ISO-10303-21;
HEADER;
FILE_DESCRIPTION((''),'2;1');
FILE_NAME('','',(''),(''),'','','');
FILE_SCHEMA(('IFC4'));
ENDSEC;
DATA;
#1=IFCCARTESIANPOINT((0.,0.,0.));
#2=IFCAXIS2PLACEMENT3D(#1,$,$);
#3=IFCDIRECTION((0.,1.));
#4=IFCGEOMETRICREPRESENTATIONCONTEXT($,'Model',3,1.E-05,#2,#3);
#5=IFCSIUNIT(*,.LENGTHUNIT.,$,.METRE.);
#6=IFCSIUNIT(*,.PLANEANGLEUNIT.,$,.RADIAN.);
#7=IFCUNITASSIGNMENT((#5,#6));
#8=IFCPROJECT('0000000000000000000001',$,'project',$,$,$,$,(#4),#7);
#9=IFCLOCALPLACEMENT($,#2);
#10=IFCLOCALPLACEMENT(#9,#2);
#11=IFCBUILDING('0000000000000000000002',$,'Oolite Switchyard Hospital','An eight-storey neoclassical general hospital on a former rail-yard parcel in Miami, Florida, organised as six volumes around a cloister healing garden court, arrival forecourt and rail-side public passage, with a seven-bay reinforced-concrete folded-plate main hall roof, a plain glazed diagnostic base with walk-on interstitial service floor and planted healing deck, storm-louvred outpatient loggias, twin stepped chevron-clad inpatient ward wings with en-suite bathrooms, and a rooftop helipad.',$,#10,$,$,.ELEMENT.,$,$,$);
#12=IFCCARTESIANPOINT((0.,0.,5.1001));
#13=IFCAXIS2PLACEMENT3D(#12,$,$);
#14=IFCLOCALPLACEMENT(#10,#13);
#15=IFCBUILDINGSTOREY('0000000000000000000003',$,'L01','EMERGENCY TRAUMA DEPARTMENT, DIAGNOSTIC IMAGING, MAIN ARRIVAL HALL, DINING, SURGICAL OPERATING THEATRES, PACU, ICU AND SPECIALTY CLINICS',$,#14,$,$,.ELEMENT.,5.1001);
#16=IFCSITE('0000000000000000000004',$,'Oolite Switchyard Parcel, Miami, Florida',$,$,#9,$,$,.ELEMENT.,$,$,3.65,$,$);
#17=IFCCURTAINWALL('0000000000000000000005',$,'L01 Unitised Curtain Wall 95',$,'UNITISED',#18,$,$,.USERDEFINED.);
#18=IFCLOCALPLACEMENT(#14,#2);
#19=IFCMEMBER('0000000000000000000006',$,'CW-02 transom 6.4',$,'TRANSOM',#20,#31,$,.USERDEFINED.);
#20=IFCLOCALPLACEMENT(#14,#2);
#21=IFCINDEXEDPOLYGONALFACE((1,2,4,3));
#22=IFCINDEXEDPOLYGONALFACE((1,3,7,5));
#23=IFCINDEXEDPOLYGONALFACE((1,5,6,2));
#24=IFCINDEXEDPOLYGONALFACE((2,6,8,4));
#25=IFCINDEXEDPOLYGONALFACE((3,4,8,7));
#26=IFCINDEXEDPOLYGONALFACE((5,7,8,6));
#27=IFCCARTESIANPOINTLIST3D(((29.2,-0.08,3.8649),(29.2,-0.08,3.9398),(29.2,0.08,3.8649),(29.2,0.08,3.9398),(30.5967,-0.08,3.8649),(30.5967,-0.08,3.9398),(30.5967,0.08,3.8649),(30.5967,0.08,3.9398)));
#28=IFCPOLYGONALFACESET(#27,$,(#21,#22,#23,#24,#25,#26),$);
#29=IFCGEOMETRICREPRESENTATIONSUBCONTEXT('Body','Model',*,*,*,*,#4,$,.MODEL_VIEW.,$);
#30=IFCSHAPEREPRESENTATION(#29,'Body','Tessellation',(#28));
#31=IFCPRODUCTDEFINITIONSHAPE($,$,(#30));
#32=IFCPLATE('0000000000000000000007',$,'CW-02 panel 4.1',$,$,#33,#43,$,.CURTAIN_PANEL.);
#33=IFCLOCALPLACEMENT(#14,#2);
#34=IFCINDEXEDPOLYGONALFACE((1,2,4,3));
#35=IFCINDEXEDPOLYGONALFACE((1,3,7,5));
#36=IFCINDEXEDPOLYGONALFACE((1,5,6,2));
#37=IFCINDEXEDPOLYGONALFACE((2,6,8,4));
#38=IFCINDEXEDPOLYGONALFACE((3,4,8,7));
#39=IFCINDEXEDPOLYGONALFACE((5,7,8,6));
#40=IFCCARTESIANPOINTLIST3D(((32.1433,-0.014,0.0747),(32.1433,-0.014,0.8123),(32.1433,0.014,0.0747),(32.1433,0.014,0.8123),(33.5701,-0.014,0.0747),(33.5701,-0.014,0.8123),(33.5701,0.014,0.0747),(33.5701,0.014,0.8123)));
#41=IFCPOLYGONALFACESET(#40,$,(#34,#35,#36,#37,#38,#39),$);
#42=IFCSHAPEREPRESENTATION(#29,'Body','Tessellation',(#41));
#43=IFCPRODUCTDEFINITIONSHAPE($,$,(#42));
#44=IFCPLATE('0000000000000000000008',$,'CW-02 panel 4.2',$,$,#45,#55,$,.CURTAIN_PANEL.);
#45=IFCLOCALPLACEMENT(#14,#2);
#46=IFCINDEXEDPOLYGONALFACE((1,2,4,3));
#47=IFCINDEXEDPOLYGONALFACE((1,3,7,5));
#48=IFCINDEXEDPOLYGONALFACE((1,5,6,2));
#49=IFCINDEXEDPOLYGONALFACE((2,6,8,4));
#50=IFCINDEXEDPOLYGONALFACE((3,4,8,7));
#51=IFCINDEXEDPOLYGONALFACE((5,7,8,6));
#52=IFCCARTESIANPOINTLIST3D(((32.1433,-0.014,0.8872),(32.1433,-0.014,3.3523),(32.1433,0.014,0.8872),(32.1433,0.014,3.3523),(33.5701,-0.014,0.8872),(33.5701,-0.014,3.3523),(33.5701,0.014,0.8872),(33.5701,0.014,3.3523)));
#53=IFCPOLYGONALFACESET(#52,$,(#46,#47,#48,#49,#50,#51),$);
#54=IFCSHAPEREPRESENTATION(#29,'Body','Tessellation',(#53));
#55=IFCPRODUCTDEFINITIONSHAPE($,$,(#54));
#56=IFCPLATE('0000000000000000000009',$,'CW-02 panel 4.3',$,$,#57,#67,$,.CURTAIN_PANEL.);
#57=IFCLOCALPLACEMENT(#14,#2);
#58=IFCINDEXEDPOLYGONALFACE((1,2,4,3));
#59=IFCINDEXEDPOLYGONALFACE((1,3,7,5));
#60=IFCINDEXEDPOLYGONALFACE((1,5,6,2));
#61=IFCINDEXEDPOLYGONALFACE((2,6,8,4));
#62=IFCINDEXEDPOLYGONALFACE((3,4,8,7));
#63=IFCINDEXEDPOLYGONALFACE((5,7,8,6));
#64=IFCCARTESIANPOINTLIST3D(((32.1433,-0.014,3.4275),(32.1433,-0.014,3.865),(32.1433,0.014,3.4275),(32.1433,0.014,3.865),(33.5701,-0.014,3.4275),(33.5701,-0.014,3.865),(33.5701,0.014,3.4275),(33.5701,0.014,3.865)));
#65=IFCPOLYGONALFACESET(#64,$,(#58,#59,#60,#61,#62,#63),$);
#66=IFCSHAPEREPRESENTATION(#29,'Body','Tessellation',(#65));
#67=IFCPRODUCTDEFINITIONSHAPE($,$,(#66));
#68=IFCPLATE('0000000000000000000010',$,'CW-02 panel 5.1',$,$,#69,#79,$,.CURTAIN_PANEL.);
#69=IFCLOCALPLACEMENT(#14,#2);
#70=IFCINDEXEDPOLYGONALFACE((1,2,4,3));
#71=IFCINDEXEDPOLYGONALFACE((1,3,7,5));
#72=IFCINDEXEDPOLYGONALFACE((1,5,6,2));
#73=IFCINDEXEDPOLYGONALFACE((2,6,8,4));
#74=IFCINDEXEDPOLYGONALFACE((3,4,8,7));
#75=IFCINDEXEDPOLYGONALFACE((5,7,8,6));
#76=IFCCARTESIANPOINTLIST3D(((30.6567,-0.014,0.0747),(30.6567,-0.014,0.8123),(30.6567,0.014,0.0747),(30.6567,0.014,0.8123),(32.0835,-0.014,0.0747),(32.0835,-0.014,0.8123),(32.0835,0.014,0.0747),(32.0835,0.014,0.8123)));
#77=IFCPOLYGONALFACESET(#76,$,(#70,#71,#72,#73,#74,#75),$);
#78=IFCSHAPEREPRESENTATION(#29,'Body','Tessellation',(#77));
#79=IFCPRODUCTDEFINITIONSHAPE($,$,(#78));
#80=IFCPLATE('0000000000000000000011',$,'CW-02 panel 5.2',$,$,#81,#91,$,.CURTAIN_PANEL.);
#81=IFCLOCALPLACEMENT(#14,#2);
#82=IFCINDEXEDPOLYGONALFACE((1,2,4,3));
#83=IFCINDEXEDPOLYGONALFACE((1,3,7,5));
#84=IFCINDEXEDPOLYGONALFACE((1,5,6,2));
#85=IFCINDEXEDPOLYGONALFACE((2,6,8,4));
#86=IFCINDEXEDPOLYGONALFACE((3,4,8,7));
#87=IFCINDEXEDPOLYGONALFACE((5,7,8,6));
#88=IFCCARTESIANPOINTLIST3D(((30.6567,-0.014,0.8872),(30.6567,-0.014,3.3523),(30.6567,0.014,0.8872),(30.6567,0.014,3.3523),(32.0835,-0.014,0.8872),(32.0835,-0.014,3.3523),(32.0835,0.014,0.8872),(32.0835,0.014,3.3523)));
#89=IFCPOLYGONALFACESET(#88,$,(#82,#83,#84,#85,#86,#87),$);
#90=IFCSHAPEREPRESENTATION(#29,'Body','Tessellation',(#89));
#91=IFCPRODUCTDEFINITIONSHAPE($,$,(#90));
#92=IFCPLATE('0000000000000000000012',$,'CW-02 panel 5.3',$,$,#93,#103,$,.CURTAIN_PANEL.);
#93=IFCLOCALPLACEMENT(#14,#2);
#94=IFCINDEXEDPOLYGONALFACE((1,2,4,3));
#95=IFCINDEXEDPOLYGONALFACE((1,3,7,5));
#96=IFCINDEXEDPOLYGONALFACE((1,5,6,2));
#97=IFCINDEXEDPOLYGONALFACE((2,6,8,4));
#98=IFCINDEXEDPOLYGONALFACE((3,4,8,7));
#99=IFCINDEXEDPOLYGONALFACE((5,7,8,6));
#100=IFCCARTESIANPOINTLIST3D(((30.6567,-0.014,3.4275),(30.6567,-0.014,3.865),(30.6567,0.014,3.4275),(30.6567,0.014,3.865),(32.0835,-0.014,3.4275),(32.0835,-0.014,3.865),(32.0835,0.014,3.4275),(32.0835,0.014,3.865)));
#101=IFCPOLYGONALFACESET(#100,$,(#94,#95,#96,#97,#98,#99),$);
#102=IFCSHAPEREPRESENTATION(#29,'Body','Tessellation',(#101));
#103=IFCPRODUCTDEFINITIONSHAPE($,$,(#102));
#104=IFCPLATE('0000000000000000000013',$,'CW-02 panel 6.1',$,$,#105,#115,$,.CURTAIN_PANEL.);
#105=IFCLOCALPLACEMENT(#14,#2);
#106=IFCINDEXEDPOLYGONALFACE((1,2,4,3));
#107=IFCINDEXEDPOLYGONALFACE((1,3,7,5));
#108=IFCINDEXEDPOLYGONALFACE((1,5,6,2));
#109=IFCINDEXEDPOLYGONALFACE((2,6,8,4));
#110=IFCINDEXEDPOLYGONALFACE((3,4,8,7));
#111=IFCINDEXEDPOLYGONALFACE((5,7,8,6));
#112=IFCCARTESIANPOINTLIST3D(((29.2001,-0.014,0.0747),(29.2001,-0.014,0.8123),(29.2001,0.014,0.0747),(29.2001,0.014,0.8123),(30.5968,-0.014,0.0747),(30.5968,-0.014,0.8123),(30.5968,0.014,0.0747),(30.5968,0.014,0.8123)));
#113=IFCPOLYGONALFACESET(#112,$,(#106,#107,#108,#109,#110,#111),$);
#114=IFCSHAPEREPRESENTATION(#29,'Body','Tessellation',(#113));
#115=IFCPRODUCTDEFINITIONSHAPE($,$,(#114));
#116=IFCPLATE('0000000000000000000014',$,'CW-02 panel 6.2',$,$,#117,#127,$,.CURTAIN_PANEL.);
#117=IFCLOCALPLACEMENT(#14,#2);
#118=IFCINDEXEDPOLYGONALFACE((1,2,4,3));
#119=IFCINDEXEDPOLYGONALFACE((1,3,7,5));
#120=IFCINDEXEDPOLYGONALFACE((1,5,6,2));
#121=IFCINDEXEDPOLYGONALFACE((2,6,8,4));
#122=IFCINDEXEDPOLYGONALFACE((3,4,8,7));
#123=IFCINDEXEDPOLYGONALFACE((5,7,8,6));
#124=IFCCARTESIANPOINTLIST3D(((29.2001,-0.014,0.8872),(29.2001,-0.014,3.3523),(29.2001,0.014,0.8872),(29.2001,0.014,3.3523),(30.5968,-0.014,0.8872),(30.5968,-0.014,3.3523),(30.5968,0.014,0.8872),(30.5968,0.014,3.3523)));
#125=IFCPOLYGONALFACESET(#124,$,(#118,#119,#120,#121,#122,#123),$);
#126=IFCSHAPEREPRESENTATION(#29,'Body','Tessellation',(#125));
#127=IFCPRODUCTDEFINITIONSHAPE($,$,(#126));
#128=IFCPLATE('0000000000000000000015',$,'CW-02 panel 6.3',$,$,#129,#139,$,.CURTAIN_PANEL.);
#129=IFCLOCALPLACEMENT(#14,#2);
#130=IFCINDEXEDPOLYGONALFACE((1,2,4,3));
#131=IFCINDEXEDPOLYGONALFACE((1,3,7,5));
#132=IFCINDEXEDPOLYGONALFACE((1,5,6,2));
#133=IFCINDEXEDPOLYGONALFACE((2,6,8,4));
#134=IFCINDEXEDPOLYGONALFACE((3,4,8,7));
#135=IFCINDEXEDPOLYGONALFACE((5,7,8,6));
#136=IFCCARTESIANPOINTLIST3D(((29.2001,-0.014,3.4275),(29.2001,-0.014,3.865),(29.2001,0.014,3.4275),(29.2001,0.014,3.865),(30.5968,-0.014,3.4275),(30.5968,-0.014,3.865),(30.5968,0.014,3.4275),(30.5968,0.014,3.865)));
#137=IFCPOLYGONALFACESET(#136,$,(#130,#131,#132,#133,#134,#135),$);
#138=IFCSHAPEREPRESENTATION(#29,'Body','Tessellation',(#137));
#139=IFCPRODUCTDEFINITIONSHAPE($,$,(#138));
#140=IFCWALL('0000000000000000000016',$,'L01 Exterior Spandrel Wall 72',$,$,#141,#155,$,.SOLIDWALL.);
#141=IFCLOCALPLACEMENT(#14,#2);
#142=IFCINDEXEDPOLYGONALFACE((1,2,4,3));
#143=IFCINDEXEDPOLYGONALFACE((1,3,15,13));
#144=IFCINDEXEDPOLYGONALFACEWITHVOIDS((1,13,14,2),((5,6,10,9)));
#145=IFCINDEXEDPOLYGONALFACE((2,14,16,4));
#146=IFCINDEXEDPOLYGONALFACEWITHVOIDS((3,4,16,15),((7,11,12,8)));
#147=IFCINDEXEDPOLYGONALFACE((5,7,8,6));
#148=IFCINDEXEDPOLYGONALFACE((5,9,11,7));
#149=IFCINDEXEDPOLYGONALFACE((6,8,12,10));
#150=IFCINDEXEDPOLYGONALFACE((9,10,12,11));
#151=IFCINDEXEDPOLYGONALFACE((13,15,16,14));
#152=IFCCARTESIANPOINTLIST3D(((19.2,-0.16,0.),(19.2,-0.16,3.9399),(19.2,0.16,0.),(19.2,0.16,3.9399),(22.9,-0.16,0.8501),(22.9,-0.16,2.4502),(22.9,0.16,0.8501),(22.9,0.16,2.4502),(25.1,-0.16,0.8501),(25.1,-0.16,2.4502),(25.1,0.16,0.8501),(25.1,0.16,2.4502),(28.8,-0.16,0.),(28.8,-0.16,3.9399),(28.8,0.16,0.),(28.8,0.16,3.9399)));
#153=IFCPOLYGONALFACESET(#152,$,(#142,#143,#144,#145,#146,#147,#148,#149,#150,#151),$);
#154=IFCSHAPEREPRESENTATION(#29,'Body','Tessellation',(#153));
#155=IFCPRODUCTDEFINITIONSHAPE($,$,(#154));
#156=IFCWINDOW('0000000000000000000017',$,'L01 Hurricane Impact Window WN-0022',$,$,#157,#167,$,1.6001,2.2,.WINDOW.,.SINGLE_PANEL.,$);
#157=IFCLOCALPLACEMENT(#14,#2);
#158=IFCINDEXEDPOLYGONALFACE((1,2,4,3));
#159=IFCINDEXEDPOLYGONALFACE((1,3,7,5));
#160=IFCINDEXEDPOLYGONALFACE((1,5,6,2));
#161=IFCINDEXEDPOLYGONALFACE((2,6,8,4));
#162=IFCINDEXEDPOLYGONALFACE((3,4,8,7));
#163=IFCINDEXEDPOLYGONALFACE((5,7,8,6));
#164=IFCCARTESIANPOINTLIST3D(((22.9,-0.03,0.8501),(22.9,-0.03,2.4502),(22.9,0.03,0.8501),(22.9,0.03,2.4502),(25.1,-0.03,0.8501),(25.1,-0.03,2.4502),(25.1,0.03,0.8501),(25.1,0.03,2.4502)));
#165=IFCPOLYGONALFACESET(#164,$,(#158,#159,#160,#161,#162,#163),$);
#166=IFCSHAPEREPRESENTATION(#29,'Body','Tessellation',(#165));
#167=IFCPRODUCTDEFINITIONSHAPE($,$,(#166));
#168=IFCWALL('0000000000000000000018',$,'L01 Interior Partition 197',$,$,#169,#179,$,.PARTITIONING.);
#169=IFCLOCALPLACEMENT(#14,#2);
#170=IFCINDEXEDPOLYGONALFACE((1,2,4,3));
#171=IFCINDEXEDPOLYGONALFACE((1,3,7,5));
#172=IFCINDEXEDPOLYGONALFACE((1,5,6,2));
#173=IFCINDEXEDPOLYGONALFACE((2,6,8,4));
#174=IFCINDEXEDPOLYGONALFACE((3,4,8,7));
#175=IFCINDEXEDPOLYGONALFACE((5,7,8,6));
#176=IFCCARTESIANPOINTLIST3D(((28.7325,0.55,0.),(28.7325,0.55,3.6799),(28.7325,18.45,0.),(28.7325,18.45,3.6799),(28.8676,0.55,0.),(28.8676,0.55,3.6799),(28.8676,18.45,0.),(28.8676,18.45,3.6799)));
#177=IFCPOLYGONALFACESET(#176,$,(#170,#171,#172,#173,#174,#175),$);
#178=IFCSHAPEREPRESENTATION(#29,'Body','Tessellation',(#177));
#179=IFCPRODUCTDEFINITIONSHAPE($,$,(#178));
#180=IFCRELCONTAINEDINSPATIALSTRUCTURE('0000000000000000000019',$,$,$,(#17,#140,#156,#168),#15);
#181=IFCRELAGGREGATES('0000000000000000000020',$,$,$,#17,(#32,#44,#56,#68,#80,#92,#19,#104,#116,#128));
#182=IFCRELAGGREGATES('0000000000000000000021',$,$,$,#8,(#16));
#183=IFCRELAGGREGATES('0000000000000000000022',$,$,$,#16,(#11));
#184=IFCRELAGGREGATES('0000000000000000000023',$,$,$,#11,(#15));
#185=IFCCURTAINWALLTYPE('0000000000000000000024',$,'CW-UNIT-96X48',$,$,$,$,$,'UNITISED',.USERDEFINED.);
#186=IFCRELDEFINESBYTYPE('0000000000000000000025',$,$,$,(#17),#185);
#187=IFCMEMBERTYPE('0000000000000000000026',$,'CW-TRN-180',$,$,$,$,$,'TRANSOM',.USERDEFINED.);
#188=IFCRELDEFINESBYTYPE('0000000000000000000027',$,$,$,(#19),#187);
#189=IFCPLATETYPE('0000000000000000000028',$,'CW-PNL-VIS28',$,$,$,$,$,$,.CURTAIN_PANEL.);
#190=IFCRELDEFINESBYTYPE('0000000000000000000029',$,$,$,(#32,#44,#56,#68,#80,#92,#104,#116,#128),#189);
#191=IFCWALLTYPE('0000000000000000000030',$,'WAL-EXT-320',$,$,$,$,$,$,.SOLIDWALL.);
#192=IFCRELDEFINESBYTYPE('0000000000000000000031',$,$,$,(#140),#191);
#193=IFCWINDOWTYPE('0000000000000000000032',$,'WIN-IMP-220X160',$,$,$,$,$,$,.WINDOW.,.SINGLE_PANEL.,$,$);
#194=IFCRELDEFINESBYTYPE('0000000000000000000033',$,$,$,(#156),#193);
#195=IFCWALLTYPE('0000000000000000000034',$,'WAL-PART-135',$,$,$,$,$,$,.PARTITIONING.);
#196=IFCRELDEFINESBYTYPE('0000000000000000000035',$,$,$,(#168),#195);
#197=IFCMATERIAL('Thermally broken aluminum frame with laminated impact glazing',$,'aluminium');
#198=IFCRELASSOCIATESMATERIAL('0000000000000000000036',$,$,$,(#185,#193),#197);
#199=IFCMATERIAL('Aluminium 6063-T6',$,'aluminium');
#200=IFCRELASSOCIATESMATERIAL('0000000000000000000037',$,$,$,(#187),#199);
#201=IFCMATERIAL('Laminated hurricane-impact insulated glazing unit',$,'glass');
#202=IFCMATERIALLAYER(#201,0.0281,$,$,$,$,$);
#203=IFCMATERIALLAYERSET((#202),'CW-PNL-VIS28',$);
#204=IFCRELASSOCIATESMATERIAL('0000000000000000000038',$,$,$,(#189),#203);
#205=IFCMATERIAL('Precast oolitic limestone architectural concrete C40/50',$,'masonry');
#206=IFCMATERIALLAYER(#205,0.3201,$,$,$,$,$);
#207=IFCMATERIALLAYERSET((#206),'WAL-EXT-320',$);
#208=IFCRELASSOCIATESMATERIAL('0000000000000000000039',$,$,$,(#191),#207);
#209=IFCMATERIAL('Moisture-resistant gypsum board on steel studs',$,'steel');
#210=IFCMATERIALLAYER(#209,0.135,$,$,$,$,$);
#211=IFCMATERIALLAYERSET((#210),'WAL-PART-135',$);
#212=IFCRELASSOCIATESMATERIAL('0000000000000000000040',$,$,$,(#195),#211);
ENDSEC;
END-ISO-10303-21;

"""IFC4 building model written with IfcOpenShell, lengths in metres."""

from ifc_helpers import new_model, si_unit, direction, frame, frame_2d, origin, origin_2d, place, context, subcontext, project, spatial, rectangle, extrude, material, layer, layer_set, material_profile, profile_set, type_object, element, fill, aggregate, save


model = new_model("IFC4")

# Units and contexts
model_context = context("Model", 3, precision=1e-05, world=origin(), true_north=direction((0.0, 1.0)))
body_context = subcontext(model_context, "Body", "Model", "MODEL_VIEW")
ifc_project = project(units=[si_unit("LENGTHUNIT", "METRE"), si_unit("PLANEANGLEUNIT", "RADIAN")], contexts=[model_context])

# Site, building, storey
site_placement = place(None, origin())
site = spatial("IfcSite", under=ifc_project, at=site_placement, Name="Oolite Switchyard Parcel, Miami, Florida", CompositionType="ELEMENT", RefElevation=3.65)
building_placement = place(site_placement, origin())
building = spatial("IfcBuilding", under=site, at=building_placement, Name="Oolite Switchyard Hospital", Description="An eight-storey neoclassical general hospital on a former rail-yard parcel in Miami, Florida, organised as six volumes around a cloister healing garden court, arrival forecourt and rail-side public passage, with a seven-bay reinforced-concrete folded-plate main hall roof, a plain glazed diagnostic base with walk-on interstitial service floor and planted healing deck, storm-louvred outpatient loggias, twin stepped chevron-clad inpatient ward wings with en-suite bathrooms, and a rooftop helipad.", CompositionType="ELEMENT")
storey_placement = place(building_placement, frame((0.0, 0.0, 5.1001)))
storey = spatial("IfcBuildingStorey", under=building, at=storey_placement, Name="L01", Description="EMERGENCY TRAUMA DEPARTMENT, DIAGNOSTIC IMAGING, MAIN ARRIVAL HALL, DINING, SURGICAL OPERATING THEATRES, PACU, ICU AND SPECIALTY CLINICS", CompositionType="ELEMENT", Elevation=5.1001)

# Curtain wall, member, plates
ifc_material_1 = material(Name="Thermally broken aluminum frame with laminated impact glazing", Category="aluminium")
curtain_wall_type = type_object("IfcCurtainWallType", Name="CW-UNIT-96X48", ElementType="UNITISED", PredefinedType="USERDEFINED", material=ifc_material_1)
curtain_wall_placement = place(storey_placement, origin())
curtain_wall = element("IfcCurtainWall", 1, at=curtain_wall_placement, inside=storey, type_object=curtain_wall_type, Name="L01 Unitised Curtain Wall 95", ObjectType="UNITISED", PredefinedType="USERDEFINED")
ifc_material_2 = material(Name="Aluminium 6063-T6", Category="aluminium")
ifc_material_profile_1 = material_profile(ifc_material_2, rectangle(XDim=0.1599, YDim=0.075, at=origin_2d()), Name="CWT75X160")
ifc_profile_set_1 = profile_set([ifc_material_profile_1], Name="Aluminium 6063-T6")
member_type_1 = type_object("IfcMemberType", Name="CW-TRN-180", ElementType="TRANSOM", PredefinedType="USERDEFINED", material=ifc_profile_set_1)
member_1_placement = place(storey_placement, frame((30.5967, 0.0, 3.9023), z_axis=(-1.0, 0.0, 0.0), x_axis=(0.0, -1.0, 0.0)))
member_1 = element("IfcMember", 2, at=member_1_placement, type_object=member_type_1, Name="CW-02 transom 6.4", ObjectType="TRANSOM", PredefinedType="USERDEFINED", context=body_context, shape_type="SweptSolid", body=[
    extrude(rectangle(XDim=0.1599, YDim=0.075, at=origin_2d()), origin(), (0.0, 0.0, 1.0), 1.3967),
])
ifc_material_3 = material(Name="Laminated hurricane-impact insulated glazing unit", Category="glass")
ifc_layer_1 = layer(ifc_material_3, 0.0281)
ifc_layer_set_1 = layer_set([ifc_layer_1], Name="CW-PNL-VIS28")
plate_type = type_object("IfcPlateType", Name="CW-PNL-VIS28", PredefinedType="CURTAIN_PANEL", material=ifc_layer_set_1)
plate_1_placement = place(storey_placement, frame((32.8567, 0.0, 0.0747), z_axis=(0.0, 0.0, 1.0), x_axis=(-1.0, 0.0, 0.0)))
plate_1 = element("IfcPlate", 3, at=plate_1_placement, type_object=plate_type, Name="CW-02 panel 4.1", PredefinedType="CURTAIN_PANEL", context=body_context, shape_type="SweptSolid", body=[
    extrude(rectangle(XDim=1.4268, YDim=0.0281, at=origin_2d()), origin(), (0.0, 0.0, 1.0), 0.7375),
])
plate_2_placement = place(storey_placement, frame((32.8567, 0.0, 0.8872), z_axis=(0.0, 0.0, 1.0), x_axis=(-1.0, 0.0, 0.0)))
plate_2 = element("IfcPlate", 4, at=plate_2_placement, type_object=plate_type, Name="CW-02 panel 4.2", PredefinedType="CURTAIN_PANEL", context=body_context, shape_type="SweptSolid", body=[
    extrude(rectangle(XDim=1.4268, YDim=0.0281, at=origin_2d()), origin(), (0.0, 0.0, 1.0), 2.4651),
])
plate_3_placement = place(storey_placement, frame((32.8567, 0.0, 3.4275), z_axis=(0.0, 0.0, 1.0), x_axis=(-1.0, 0.0, 0.0)))
plate_3 = element("IfcPlate", 5, at=plate_3_placement, type_object=plate_type, Name="CW-02 panel 4.3", PredefinedType="CURTAIN_PANEL", context=body_context, shape_type="SweptSolid", body=[
    extrude(rectangle(XDim=1.4268, YDim=0.0281, at=origin_2d()), origin(), (0.0, 0.0, 1.0), 0.4375),
])
plate_4_placement = place(storey_placement, frame((31.3701, 0.0, 0.0747), z_axis=(0.0, 0.0, 1.0), x_axis=(-1.0, 0.0, 0.0)))
plate_4 = element("IfcPlate", 6, at=plate_4_placement, type_object=plate_type, Name="CW-02 panel 5.1", PredefinedType="CURTAIN_PANEL", context=body_context, shape_type="SweptSolid", body=[
    extrude(rectangle(XDim=1.4268, YDim=0.0281, at=origin_2d()), origin(), (0.0, 0.0, 1.0), 0.7375),
])
plate_5_placement = place(storey_placement, frame((31.3701, 0.0, 0.8872), z_axis=(0.0, 0.0, 1.0), x_axis=(-1.0, 0.0, 0.0)))
plate_5 = element("IfcPlate", 7, at=plate_5_placement, type_object=plate_type, Name="CW-02 panel 5.2", PredefinedType="CURTAIN_PANEL", context=body_context, shape_type="SweptSolid", body=[
    extrude(rectangle(XDim=1.4268, YDim=0.0281, at=origin_2d()), origin(), (0.0, 0.0, 1.0), 2.4651),
])
plate_6_placement = place(storey_placement, frame((31.3701, 0.0, 3.4275), z_axis=(0.0, 0.0, 1.0), x_axis=(-1.0, 0.0, 0.0)))
plate_6 = element("IfcPlate", 8, at=plate_6_placement, type_object=plate_type, Name="CW-02 panel 5.3", PredefinedType="CURTAIN_PANEL", context=body_context, shape_type="SweptSolid", body=[
    extrude(rectangle(XDim=1.4268, YDim=0.0281, at=origin_2d()), origin(), (0.0, 0.0, 1.0), 0.4375),
])
plate_7_placement = place(storey_placement, frame((29.8984, 0.0, 0.0747), z_axis=(0.0, 0.0, 1.0), x_axis=(-1.0, 0.0, 0.0)))
plate_7 = element("IfcPlate", 9, at=plate_7_placement, type_object=plate_type, Name="CW-02 panel 6.1", PredefinedType="CURTAIN_PANEL", context=body_context, shape_type="SweptSolid", body=[
    extrude(rectangle(XDim=1.3967, YDim=0.0281, at=origin_2d()), origin(), (0.0, 0.0, 1.0), 0.7375),
])
plate_8_placement = place(storey_placement, frame((29.8984, 0.0, 0.8872), z_axis=(0.0, 0.0, 1.0), x_axis=(-1.0, 0.0, 0.0)))
plate_8 = element("IfcPlate", 10, at=plate_8_placement, type_object=plate_type, Name="CW-02 panel 6.2", PredefinedType="CURTAIN_PANEL", context=body_context, shape_type="SweptSolid", body=[
    extrude(rectangle(XDim=1.3967, YDim=0.0281, at=origin_2d()), origin(), (0.0, 0.0, 1.0), 2.4651),
])
plate_9_placement = place(storey_placement, frame((29.8984, 0.0, 3.4275), z_axis=(0.0, 0.0, 1.0), x_axis=(-1.0, 0.0, 0.0)))
plate_9 = element("IfcPlate", 11, at=plate_9_placement, type_object=plate_type, Name="CW-02 panel 6.3", PredefinedType="CURTAIN_PANEL", context=body_context, shape_type="SweptSolid", body=[
    extrude(rectangle(XDim=1.3967, YDim=0.0281, at=origin_2d()), origin(), (0.0, 0.0, 1.0), 0.4375),
])
aggregate(curtain_wall, [plate_1, plate_2, plate_3, plate_4, plate_5, plate_6, member_1, plate_7, plate_8, plate_9])

# Wall, opening, window
ifc_material_4 = material(Name="Precast oolitic limestone architectural concrete C40/50", Category="masonry")
ifc_layer_2 = layer(ifc_material_4, 0.3201)
ifc_layer_set_2 = layer_set([ifc_layer_2], Name="WAL-EXT-320")
wall_type_1 = type_object("IfcWallType", Name="WAL-EXT-320", PredefinedType="SOLIDWALL", material=ifc_layer_set_2)
wall_1_placement = place(storey_placement, frame((28.8, 0.0, 0.0), z_axis=(0.0, 0.0, 1.0), x_axis=(-1.0, 0.0, 0.0)))
wall_1 = element("IfcWall", 12, at=wall_1_placement, inside=storey, type_object=wall_type_1, Name="L01 Exterior Spandrel Wall 72", PredefinedType="SOLIDWALL", context=body_context, shape_type="SweptSolid", body=[
    extrude(rectangle(XDim=9.6001, YDim=0.3201, at=frame_2d((4.8, 0.0))), origin(), (0.0, 0.0, 1.0), 3.9399),
])
opening_placement = place(wall_1_placement, frame((3.7, 0.0, 0.8501)))
opening = element("IfcOpeningElement", 13, at=opening_placement, cuts=wall_1, PredefinedType="OPENING", context=body_context, shape_type="SweptSolid", body=[
    extrude(rectangle(XDim=2.2, YDim=1.6001, at=frame_2d((1.1001, 0.8))), frame((0.0, 0.1699, 0.0), z_axis=(0.0, -1.0, 0.0), x_axis=(1.0, 0.0, 0.0)), (0.0, 0.0, 1.0), 0.3401),
])
window_type = type_object("IfcWindowType", Name="WIN-IMP-220X160", PartitioningType="SINGLE_PANEL", PredefinedType="WINDOW", material=ifc_material_1)
window_placement = place(opening_placement, origin())
window = element("IfcWindow", 14, at=window_placement, inside=storey, type_object=window_type, Name="L01 Hurricane Impact Window WN-0022", OverallHeight=1.6001, OverallWidth=2.2, PartitioningType="SINGLE_PANEL", PredefinedType="WINDOW", context=body_context, shape_type="SweptSolid", body=[
    extrude(rectangle(XDim=2.2, YDim=1.6001, at=frame_2d((1.1001, 0.8))), frame((0.0, 0.03, 0.0), z_axis=(0.0, -1.0, 0.0), x_axis=(1.0, 0.0, 0.0)), (0.0, 0.0, 1.0), 0.0601),
])
fill(opening, window)

# Wall
ifc_material_5 = material(Name="Moisture-resistant gypsum board on steel studs", Category="steel")
ifc_layer_3 = layer(ifc_material_5, 0.135)
ifc_layer_set_3 = layer_set([ifc_layer_3], Name="WAL-PART-135")
wall_type_2 = type_object("IfcWallType", Name="WAL-PART-135", PredefinedType="PARTITIONING", material=ifc_layer_set_3)
wall_2_placement = place(storey_placement, frame((28.8, 0.55, 0.0), z_axis=(0.0, 0.0, 1.0), x_axis=(0.0, 1.0, 0.0)))
element("IfcWall", 15, at=wall_2_placement, inside=storey, type_object=wall_type_2, Name="L01 Interior Partition 197", PredefinedType="PARTITIONING", context=body_context, shape_type="SweptSolid", body=[
    extrude(rectangle(XDim=17.8999, YDim=0.135, at=frame_2d((8.95, 0.0))), origin(), (0.0, 0.0, 1.0), 3.6799),
])

save(model, "model.ifc")
